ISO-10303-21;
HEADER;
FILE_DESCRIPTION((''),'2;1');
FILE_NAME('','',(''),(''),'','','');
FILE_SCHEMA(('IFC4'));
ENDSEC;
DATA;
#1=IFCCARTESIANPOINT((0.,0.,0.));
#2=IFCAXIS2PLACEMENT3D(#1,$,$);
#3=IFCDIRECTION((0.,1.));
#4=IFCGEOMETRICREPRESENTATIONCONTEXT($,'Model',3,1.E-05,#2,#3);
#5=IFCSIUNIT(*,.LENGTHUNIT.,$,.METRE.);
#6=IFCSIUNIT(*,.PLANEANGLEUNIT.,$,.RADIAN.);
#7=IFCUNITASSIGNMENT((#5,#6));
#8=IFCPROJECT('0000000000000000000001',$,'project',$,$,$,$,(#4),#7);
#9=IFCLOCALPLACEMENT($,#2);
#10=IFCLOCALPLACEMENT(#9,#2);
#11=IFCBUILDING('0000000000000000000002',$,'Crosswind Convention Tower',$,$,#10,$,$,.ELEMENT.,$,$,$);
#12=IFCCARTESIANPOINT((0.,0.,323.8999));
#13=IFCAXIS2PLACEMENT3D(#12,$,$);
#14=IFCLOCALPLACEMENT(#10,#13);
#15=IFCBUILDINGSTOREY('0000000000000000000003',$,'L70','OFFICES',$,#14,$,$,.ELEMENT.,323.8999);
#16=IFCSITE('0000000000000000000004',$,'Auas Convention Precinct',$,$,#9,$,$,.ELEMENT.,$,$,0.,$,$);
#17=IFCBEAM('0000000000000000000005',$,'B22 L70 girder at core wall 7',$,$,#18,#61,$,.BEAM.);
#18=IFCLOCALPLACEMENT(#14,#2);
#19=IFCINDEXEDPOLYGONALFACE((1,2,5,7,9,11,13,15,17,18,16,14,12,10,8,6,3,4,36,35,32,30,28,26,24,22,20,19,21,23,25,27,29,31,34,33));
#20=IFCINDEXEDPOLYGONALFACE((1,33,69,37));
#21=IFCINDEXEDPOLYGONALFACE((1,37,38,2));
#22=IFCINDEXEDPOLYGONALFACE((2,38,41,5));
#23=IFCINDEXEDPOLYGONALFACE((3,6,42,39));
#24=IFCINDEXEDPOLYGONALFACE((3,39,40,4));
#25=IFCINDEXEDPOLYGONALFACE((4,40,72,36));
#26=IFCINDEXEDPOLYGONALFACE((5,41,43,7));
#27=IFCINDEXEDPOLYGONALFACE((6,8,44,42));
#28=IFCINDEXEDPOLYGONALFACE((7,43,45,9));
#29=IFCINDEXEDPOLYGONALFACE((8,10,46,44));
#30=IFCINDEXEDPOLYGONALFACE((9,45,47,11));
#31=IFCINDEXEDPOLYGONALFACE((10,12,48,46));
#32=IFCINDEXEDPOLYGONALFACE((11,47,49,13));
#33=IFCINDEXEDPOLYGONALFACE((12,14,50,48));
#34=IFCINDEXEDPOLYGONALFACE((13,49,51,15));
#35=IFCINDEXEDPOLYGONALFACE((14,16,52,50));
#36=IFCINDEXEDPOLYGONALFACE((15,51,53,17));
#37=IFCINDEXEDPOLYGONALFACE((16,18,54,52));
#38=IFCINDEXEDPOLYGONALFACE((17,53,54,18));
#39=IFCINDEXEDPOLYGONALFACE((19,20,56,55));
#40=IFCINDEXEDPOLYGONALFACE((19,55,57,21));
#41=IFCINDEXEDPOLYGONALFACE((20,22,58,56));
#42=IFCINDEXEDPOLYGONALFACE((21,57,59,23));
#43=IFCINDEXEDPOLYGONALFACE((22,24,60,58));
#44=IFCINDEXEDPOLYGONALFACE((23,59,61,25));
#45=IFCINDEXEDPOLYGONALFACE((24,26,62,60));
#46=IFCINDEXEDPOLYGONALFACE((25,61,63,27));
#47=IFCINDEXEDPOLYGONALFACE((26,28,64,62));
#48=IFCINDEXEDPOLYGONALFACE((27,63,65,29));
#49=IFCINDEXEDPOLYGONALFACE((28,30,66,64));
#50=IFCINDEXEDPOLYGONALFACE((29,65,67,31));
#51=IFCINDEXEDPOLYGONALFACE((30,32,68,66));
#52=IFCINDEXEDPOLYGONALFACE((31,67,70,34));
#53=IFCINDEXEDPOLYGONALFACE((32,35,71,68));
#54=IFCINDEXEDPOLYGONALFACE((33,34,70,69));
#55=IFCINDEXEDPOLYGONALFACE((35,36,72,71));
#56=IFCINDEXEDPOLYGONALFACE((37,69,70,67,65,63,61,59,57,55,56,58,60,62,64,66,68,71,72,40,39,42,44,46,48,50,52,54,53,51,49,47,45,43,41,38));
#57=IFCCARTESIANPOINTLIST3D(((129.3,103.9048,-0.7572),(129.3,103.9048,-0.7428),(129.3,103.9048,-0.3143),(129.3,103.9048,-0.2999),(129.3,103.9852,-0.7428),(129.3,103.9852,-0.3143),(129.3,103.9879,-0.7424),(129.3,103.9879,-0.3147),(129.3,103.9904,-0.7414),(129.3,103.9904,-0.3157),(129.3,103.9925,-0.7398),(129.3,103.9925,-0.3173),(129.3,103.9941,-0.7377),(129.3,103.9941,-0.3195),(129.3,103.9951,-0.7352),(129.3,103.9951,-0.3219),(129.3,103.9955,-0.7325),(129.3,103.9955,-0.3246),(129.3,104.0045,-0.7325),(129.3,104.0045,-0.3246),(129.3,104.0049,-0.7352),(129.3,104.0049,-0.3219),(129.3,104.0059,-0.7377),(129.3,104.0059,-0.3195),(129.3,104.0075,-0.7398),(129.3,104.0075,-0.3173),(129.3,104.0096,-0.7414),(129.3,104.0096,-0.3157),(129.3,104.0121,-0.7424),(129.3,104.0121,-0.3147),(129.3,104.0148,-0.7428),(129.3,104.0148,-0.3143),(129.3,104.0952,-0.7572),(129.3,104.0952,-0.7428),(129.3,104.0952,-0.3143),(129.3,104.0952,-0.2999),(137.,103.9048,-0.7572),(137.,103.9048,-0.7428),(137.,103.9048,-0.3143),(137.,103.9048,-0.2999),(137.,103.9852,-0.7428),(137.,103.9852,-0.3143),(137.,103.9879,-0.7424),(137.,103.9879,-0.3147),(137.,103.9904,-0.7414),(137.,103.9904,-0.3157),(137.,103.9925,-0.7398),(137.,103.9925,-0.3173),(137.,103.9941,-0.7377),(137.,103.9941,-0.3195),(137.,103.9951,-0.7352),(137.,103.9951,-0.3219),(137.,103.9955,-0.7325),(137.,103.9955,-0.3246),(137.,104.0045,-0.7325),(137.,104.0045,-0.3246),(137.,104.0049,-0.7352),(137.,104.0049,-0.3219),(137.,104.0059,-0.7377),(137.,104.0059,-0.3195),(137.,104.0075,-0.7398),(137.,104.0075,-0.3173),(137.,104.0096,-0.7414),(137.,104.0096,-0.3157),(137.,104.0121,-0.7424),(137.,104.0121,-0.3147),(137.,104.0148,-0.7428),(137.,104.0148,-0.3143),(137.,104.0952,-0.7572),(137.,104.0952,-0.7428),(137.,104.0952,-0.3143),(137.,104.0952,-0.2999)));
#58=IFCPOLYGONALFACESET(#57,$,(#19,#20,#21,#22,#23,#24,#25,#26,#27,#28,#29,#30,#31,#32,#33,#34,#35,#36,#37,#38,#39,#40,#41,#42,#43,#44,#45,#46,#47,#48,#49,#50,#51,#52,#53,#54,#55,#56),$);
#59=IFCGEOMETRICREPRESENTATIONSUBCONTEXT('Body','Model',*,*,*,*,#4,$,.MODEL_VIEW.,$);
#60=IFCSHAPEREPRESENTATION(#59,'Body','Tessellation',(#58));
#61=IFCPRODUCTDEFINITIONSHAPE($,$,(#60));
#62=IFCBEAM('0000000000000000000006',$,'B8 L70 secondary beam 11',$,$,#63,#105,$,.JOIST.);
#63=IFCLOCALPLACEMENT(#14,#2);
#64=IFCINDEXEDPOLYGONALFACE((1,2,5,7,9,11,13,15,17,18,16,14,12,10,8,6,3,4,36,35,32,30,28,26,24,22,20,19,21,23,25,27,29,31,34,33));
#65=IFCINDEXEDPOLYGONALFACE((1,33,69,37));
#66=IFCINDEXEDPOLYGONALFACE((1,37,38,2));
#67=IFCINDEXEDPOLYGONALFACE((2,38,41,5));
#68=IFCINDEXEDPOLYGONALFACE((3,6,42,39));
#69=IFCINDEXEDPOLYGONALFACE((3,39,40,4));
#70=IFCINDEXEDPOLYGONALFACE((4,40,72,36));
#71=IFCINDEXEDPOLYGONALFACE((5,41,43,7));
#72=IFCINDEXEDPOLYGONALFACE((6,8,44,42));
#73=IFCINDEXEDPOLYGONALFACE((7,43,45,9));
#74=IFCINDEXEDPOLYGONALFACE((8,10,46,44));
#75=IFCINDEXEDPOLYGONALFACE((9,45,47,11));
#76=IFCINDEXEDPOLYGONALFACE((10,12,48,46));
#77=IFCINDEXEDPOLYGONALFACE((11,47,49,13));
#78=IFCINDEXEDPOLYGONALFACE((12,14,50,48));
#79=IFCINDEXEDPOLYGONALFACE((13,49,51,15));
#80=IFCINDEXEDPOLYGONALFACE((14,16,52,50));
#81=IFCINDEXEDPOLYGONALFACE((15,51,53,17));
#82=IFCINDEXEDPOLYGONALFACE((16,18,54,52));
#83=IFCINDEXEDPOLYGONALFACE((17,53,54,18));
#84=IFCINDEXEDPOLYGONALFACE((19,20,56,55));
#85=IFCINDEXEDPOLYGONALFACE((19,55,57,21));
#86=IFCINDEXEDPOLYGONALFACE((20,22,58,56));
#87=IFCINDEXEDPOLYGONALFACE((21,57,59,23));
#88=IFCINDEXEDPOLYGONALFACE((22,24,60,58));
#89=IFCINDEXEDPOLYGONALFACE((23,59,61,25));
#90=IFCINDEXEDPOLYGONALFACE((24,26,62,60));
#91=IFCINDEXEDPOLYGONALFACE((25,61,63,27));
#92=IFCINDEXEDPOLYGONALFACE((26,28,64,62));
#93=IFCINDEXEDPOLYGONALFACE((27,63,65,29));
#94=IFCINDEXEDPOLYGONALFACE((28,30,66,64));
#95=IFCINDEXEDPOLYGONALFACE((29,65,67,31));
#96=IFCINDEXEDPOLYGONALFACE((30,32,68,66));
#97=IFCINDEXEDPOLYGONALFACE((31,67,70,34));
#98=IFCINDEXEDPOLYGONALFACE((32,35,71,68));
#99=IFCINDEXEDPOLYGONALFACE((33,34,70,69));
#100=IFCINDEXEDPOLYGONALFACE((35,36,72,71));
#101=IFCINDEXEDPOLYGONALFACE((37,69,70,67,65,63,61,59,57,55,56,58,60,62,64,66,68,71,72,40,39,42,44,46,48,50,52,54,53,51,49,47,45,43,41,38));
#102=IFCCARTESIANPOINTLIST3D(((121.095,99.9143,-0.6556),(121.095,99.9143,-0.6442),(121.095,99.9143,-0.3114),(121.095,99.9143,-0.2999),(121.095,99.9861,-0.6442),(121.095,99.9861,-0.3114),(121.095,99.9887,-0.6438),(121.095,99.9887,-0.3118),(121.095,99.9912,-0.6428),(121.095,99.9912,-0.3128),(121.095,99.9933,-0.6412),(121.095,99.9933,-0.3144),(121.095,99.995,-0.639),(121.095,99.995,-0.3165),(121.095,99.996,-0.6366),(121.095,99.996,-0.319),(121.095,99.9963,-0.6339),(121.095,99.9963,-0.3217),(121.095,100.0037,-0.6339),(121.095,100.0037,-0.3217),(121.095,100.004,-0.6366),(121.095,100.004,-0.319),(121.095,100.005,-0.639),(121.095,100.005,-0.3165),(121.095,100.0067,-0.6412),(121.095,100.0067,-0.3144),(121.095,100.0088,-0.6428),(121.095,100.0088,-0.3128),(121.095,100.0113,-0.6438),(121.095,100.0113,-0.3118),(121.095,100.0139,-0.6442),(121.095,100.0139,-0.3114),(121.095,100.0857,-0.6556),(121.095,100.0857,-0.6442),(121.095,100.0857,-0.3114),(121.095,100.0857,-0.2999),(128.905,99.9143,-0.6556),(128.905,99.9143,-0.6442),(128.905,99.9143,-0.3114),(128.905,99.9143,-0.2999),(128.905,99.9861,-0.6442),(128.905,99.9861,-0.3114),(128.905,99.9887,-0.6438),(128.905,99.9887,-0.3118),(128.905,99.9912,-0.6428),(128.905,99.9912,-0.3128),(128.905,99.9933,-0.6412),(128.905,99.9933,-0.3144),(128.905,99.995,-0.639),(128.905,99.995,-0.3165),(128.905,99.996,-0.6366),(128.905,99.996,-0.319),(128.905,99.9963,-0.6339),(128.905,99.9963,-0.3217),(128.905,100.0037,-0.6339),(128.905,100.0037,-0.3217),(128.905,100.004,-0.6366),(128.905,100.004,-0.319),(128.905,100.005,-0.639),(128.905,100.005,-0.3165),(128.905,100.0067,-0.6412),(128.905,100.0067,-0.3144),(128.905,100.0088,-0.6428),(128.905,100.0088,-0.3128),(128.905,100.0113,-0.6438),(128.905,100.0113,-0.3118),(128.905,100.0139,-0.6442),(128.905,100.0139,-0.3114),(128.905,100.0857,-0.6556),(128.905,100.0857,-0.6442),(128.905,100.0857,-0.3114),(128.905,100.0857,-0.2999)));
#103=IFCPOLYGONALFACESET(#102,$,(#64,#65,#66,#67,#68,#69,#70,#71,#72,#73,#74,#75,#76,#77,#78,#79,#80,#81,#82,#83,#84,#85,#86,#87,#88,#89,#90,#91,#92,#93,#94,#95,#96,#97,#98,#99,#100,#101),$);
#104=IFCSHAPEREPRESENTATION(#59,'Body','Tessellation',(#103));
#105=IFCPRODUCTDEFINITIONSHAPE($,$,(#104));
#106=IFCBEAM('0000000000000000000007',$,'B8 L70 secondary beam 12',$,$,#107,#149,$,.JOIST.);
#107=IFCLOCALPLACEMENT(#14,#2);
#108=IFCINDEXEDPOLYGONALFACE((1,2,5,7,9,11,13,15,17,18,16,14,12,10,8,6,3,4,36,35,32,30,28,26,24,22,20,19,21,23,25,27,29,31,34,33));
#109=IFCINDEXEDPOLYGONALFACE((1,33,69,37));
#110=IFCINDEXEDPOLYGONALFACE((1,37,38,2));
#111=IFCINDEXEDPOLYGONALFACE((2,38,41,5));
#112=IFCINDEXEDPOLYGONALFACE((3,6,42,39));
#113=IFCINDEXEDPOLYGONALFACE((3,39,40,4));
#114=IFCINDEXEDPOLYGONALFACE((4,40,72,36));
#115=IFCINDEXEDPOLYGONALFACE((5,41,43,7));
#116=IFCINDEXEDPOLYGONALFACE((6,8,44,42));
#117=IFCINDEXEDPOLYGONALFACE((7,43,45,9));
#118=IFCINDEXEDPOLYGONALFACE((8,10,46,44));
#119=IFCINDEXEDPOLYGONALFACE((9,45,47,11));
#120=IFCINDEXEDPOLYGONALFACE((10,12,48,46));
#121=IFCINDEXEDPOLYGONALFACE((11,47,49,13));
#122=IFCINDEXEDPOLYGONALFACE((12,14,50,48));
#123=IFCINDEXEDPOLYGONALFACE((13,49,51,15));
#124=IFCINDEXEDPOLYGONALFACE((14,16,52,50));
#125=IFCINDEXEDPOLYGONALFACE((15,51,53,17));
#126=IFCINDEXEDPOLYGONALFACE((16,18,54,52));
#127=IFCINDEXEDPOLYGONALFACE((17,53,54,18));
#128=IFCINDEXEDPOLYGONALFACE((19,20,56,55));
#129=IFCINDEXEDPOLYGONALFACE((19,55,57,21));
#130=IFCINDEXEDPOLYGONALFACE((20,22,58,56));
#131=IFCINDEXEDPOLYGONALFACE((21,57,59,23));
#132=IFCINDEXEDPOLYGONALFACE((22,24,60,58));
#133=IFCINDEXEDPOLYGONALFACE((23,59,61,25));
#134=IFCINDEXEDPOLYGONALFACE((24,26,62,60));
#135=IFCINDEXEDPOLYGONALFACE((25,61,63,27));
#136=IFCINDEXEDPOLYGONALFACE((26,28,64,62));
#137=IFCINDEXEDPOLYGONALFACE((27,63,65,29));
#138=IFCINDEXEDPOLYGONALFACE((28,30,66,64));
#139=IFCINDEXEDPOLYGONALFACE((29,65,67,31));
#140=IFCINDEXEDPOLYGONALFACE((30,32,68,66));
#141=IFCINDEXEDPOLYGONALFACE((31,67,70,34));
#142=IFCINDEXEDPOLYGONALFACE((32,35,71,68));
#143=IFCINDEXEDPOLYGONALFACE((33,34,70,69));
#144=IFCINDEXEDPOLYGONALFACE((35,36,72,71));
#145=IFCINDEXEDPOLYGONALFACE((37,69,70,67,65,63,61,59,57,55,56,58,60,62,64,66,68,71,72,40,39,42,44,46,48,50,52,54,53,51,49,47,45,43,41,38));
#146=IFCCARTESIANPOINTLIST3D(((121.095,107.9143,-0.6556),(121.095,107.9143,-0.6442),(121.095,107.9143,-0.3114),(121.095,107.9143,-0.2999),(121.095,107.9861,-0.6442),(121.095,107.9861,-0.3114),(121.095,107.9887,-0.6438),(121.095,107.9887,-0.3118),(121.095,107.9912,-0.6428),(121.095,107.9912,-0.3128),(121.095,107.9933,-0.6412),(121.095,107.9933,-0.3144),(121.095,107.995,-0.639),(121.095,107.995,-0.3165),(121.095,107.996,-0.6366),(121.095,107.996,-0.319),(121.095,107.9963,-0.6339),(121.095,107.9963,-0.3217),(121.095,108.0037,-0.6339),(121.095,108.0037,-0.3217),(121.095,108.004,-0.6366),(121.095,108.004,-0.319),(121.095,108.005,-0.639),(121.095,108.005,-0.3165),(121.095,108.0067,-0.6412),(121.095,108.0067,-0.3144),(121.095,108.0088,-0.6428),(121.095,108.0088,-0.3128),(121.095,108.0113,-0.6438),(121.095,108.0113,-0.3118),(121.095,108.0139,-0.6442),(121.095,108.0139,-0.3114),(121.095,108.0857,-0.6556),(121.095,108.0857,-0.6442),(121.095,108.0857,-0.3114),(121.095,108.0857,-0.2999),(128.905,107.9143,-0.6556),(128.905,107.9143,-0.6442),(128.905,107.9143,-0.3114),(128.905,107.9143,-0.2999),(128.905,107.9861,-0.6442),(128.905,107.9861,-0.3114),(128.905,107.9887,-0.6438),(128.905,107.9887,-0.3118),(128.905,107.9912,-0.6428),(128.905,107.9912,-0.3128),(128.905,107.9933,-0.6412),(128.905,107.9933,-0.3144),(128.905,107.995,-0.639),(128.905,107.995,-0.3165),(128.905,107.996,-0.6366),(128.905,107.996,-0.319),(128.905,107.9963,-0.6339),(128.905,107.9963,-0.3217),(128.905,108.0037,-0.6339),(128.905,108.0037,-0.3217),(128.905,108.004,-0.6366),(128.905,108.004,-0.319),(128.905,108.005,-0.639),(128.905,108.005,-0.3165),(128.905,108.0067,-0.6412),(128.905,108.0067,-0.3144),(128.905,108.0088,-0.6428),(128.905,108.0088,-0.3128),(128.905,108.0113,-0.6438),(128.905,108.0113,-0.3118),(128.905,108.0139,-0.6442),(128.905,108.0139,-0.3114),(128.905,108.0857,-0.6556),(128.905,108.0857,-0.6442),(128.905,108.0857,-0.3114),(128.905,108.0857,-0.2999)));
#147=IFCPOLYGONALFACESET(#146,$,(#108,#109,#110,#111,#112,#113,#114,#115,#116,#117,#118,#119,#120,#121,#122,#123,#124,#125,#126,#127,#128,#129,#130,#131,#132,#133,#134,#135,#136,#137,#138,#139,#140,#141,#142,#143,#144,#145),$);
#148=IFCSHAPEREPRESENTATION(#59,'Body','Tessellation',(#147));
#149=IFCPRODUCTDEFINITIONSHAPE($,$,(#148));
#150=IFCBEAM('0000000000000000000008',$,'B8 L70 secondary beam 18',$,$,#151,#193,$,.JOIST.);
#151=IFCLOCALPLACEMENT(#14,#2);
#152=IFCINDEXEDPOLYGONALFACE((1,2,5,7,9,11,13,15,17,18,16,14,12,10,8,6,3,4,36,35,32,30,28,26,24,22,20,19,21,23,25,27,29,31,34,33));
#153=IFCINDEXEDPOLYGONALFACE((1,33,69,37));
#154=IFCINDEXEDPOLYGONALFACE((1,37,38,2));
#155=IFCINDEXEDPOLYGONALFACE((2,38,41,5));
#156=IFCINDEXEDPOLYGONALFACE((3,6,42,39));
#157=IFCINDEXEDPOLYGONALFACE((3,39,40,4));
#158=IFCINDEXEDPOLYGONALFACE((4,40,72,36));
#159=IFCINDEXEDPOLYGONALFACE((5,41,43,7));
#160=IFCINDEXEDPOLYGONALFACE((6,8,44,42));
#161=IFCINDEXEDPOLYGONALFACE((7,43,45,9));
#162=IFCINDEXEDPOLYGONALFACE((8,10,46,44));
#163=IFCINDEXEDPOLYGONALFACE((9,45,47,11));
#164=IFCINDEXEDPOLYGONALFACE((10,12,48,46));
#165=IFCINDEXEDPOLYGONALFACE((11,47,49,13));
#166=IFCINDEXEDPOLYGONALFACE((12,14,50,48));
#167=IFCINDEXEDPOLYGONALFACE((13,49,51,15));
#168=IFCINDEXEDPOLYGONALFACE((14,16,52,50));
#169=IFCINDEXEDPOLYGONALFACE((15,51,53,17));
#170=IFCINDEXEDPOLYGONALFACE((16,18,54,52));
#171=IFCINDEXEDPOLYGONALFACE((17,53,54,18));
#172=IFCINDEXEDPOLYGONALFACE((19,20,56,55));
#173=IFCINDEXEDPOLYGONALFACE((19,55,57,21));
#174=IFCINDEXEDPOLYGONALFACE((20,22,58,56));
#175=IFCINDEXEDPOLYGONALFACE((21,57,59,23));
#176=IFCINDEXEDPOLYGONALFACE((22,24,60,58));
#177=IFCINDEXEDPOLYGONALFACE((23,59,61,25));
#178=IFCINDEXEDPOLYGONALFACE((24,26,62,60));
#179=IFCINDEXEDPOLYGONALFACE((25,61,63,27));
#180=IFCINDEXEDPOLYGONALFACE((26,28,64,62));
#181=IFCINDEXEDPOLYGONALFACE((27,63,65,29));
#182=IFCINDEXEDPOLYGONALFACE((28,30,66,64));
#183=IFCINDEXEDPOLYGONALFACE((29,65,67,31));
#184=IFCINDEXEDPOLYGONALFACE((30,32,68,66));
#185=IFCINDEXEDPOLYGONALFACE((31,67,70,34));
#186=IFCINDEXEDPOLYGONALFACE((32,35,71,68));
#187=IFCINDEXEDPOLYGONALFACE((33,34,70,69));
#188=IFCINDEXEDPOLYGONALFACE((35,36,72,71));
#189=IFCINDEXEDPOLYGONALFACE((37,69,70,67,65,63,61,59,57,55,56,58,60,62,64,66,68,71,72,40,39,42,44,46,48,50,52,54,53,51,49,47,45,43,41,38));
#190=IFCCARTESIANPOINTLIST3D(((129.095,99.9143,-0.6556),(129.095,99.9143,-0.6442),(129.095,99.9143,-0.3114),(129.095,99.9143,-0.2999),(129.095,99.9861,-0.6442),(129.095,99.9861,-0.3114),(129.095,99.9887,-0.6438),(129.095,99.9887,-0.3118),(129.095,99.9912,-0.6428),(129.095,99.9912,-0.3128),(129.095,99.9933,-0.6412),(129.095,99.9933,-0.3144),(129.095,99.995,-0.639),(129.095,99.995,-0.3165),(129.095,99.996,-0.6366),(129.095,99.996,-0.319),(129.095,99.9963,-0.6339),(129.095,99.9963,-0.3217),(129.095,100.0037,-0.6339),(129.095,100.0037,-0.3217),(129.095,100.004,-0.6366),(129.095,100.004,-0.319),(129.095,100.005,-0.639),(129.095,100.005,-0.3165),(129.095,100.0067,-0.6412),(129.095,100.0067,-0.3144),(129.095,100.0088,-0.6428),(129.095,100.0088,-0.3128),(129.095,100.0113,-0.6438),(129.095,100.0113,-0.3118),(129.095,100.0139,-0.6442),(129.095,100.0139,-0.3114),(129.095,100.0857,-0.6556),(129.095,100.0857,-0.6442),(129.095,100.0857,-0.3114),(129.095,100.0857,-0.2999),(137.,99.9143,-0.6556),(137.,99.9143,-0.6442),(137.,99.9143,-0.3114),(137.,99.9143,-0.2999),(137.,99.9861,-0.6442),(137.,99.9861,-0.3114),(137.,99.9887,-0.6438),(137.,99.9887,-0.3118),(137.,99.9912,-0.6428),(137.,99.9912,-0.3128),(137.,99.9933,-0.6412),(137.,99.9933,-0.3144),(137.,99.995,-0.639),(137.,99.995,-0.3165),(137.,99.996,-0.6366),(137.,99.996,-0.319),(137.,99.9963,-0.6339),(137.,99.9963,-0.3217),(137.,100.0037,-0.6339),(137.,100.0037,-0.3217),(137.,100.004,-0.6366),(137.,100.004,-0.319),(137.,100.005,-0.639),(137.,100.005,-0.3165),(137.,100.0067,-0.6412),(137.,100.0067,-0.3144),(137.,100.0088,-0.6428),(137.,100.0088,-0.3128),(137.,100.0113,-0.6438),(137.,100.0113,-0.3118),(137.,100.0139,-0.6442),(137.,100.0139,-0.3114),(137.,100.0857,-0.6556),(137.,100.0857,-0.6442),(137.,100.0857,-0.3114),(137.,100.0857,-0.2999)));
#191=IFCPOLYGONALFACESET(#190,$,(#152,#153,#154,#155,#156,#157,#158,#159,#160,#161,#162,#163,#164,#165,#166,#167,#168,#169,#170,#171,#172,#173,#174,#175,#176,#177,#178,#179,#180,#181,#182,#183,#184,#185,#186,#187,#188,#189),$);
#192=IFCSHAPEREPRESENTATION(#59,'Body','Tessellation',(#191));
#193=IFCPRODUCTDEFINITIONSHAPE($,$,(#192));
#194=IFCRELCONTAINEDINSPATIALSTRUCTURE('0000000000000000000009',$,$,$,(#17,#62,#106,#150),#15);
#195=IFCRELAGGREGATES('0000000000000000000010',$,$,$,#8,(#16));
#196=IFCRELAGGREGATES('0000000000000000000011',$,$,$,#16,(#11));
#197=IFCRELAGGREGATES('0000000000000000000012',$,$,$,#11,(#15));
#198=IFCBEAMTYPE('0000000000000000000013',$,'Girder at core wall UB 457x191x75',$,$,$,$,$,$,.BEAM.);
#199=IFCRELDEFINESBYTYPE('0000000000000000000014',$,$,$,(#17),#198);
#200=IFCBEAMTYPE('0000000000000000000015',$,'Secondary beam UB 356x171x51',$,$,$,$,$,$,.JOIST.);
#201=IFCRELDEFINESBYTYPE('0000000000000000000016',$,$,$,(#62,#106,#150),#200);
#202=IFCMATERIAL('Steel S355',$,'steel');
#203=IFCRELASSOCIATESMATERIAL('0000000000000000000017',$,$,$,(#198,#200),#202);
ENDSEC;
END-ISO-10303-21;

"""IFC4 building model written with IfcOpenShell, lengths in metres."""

from ifc_helpers import new_model, si_unit, direction, frame, origin, origin_2d, place, context, subcontext, project, spatial, i_section, extrude, material, material_profile, profile_set, type_object, element, save


model = new_model("IFC4")

# Units and contexts
model_context = context("Model", 3, precision=1e-05, world=origin(), true_north=direction((0.0, 1.0)))
body_context = subcontext(model_context, "Body", "Model", "MODEL_VIEW")
ifc_project = project(units=[si_unit("LENGTHUNIT", "METRE"), si_unit("PLANEANGLEUNIT", "RADIAN")], contexts=[model_context])

# Site, building, storey
site_placement = place(None, origin())
site = spatial("IfcSite", under=ifc_project, at=site_placement, Name="Auas Convention Precinct", CompositionType="ELEMENT", RefElevation=0.0)
building_placement = place(site_placement, origin())
building = spatial("IfcBuilding", under=site, at=building_placement, Name="Crosswind Convention Tower", CompositionType="ELEMENT")
storey_placement = place(building_placement, frame((0.0, 0.0, 323.8999)))
storey = spatial("IfcBuildingStorey", under=building, at=storey_placement, Name="L70", Description="OFFICES", CompositionType="ELEMENT", Elevation=323.8999)

# Beams
ifc_material_1 = material(Name="Steel S355", Category="steel")
ifc_material_profile_1 = material_profile(ifc_material_1, i_section(OverallWidth=0.1904, OverallDepth=0.4573, WebThickness=0.009, FlangeThickness=0.0144, FilletRadius=0.0103, at=origin_2d()), Name="UB 457x191x75")
ifc_profile_set_1 = profile_set([ifc_material_profile_1], Name="Steel S355")
beam_type_1 = type_object("IfcBeamType", Name="Girder at core wall UB 457x191x75", PredefinedType="BEAM", material=ifc_profile_set_1)
beam_placement = place(storey_placement, frame((129.3, 104.0, -0.5286), z_axis=(1.0, 0.0, 0.0), x_axis=(0.0, 1.0, 0.0)))
element("IfcBeam", 1, at=beam_placement, inside=storey, type_object=beam_type_1, Name="B22 L70 girder at core wall 7", PredefinedType="BEAM", context=body_context, shape_type="SweptSolid", body=[
    extrude(i_section(OverallWidth=0.1904, OverallDepth=0.4573, WebThickness=0.009, FlangeThickness=0.0144, FilletRadius=0.0103, at=origin_2d()), origin(), (0.0, 0.0, 1.0), 7.7),
])
ifc_material_profile_2 = material_profile(ifc_material_1, i_section(OverallWidth=0.1714, OverallDepth=0.3557, WebThickness=0.0073, FlangeThickness=0.0115, FilletRadius=0.0103, at=origin_2d()), Name="UB 356x171x51")
ifc_profile_set_2 = profile_set([ifc_material_profile_2], Name="Steel S355")
beam_type_2 = type_object("IfcBeamType", Name="Secondary beam UB 356x171x51", PredefinedType="JOIST", material=ifc_profile_set_2)
for number, where, z_axis, x_axis, name in (
    (2, (121.095, 100.0, -0.4778), (1.0, 0.0, 0.0), (0.0, 1.0, 0.0), "B8 L70 secondary beam 11"),
    (3, (121.095, 108.0, -0.4778), (1.0, 0.0, 0.0), (0.0, 1.0, 0.0), "B8 L70 secondary beam 12"),
):
    element("IfcBeam", number, at=place(storey_placement, frame(where, z_axis=z_axis, x_axis=x_axis)), inside=storey, type_object=beam_type_2, Name=name, PredefinedType="JOIST", context=body_context, shape_type="SweptSolid", body=[
        extrude(i_section(OverallWidth=0.1714, OverallDepth=0.3557, WebThickness=0.0073, FlangeThickness=0.0115, FilletRadius=0.0103, at=origin_2d()), origin(), (0.0, 0.0, 1.0), 7.8101),
    ])
for number, where, z_axis, x_axis, name in (
    (4, (129.095, 100.0, -0.4778), (1.0, 0.0, 0.0), (0.0, 1.0, 0.0), "B8 L70 secondary beam 18"),
):
    element("IfcBeam", number, at=place(storey_placement, frame(where, z_axis=z_axis, x_axis=x_axis)), inside=storey, type_object=beam_type_2, Name=name, PredefinedType="JOIST", context=body_context, shape_type="SweptSolid", body=[
        extrude(i_section(OverallWidth=0.1714, OverallDepth=0.3557, WebThickness=0.0073, FlangeThickness=0.0115, FilletRadius=0.0103, at=origin_2d()), origin(), (0.0, 0.0, 1.0), 7.905),
    ])

save(model, "model.ifc")
